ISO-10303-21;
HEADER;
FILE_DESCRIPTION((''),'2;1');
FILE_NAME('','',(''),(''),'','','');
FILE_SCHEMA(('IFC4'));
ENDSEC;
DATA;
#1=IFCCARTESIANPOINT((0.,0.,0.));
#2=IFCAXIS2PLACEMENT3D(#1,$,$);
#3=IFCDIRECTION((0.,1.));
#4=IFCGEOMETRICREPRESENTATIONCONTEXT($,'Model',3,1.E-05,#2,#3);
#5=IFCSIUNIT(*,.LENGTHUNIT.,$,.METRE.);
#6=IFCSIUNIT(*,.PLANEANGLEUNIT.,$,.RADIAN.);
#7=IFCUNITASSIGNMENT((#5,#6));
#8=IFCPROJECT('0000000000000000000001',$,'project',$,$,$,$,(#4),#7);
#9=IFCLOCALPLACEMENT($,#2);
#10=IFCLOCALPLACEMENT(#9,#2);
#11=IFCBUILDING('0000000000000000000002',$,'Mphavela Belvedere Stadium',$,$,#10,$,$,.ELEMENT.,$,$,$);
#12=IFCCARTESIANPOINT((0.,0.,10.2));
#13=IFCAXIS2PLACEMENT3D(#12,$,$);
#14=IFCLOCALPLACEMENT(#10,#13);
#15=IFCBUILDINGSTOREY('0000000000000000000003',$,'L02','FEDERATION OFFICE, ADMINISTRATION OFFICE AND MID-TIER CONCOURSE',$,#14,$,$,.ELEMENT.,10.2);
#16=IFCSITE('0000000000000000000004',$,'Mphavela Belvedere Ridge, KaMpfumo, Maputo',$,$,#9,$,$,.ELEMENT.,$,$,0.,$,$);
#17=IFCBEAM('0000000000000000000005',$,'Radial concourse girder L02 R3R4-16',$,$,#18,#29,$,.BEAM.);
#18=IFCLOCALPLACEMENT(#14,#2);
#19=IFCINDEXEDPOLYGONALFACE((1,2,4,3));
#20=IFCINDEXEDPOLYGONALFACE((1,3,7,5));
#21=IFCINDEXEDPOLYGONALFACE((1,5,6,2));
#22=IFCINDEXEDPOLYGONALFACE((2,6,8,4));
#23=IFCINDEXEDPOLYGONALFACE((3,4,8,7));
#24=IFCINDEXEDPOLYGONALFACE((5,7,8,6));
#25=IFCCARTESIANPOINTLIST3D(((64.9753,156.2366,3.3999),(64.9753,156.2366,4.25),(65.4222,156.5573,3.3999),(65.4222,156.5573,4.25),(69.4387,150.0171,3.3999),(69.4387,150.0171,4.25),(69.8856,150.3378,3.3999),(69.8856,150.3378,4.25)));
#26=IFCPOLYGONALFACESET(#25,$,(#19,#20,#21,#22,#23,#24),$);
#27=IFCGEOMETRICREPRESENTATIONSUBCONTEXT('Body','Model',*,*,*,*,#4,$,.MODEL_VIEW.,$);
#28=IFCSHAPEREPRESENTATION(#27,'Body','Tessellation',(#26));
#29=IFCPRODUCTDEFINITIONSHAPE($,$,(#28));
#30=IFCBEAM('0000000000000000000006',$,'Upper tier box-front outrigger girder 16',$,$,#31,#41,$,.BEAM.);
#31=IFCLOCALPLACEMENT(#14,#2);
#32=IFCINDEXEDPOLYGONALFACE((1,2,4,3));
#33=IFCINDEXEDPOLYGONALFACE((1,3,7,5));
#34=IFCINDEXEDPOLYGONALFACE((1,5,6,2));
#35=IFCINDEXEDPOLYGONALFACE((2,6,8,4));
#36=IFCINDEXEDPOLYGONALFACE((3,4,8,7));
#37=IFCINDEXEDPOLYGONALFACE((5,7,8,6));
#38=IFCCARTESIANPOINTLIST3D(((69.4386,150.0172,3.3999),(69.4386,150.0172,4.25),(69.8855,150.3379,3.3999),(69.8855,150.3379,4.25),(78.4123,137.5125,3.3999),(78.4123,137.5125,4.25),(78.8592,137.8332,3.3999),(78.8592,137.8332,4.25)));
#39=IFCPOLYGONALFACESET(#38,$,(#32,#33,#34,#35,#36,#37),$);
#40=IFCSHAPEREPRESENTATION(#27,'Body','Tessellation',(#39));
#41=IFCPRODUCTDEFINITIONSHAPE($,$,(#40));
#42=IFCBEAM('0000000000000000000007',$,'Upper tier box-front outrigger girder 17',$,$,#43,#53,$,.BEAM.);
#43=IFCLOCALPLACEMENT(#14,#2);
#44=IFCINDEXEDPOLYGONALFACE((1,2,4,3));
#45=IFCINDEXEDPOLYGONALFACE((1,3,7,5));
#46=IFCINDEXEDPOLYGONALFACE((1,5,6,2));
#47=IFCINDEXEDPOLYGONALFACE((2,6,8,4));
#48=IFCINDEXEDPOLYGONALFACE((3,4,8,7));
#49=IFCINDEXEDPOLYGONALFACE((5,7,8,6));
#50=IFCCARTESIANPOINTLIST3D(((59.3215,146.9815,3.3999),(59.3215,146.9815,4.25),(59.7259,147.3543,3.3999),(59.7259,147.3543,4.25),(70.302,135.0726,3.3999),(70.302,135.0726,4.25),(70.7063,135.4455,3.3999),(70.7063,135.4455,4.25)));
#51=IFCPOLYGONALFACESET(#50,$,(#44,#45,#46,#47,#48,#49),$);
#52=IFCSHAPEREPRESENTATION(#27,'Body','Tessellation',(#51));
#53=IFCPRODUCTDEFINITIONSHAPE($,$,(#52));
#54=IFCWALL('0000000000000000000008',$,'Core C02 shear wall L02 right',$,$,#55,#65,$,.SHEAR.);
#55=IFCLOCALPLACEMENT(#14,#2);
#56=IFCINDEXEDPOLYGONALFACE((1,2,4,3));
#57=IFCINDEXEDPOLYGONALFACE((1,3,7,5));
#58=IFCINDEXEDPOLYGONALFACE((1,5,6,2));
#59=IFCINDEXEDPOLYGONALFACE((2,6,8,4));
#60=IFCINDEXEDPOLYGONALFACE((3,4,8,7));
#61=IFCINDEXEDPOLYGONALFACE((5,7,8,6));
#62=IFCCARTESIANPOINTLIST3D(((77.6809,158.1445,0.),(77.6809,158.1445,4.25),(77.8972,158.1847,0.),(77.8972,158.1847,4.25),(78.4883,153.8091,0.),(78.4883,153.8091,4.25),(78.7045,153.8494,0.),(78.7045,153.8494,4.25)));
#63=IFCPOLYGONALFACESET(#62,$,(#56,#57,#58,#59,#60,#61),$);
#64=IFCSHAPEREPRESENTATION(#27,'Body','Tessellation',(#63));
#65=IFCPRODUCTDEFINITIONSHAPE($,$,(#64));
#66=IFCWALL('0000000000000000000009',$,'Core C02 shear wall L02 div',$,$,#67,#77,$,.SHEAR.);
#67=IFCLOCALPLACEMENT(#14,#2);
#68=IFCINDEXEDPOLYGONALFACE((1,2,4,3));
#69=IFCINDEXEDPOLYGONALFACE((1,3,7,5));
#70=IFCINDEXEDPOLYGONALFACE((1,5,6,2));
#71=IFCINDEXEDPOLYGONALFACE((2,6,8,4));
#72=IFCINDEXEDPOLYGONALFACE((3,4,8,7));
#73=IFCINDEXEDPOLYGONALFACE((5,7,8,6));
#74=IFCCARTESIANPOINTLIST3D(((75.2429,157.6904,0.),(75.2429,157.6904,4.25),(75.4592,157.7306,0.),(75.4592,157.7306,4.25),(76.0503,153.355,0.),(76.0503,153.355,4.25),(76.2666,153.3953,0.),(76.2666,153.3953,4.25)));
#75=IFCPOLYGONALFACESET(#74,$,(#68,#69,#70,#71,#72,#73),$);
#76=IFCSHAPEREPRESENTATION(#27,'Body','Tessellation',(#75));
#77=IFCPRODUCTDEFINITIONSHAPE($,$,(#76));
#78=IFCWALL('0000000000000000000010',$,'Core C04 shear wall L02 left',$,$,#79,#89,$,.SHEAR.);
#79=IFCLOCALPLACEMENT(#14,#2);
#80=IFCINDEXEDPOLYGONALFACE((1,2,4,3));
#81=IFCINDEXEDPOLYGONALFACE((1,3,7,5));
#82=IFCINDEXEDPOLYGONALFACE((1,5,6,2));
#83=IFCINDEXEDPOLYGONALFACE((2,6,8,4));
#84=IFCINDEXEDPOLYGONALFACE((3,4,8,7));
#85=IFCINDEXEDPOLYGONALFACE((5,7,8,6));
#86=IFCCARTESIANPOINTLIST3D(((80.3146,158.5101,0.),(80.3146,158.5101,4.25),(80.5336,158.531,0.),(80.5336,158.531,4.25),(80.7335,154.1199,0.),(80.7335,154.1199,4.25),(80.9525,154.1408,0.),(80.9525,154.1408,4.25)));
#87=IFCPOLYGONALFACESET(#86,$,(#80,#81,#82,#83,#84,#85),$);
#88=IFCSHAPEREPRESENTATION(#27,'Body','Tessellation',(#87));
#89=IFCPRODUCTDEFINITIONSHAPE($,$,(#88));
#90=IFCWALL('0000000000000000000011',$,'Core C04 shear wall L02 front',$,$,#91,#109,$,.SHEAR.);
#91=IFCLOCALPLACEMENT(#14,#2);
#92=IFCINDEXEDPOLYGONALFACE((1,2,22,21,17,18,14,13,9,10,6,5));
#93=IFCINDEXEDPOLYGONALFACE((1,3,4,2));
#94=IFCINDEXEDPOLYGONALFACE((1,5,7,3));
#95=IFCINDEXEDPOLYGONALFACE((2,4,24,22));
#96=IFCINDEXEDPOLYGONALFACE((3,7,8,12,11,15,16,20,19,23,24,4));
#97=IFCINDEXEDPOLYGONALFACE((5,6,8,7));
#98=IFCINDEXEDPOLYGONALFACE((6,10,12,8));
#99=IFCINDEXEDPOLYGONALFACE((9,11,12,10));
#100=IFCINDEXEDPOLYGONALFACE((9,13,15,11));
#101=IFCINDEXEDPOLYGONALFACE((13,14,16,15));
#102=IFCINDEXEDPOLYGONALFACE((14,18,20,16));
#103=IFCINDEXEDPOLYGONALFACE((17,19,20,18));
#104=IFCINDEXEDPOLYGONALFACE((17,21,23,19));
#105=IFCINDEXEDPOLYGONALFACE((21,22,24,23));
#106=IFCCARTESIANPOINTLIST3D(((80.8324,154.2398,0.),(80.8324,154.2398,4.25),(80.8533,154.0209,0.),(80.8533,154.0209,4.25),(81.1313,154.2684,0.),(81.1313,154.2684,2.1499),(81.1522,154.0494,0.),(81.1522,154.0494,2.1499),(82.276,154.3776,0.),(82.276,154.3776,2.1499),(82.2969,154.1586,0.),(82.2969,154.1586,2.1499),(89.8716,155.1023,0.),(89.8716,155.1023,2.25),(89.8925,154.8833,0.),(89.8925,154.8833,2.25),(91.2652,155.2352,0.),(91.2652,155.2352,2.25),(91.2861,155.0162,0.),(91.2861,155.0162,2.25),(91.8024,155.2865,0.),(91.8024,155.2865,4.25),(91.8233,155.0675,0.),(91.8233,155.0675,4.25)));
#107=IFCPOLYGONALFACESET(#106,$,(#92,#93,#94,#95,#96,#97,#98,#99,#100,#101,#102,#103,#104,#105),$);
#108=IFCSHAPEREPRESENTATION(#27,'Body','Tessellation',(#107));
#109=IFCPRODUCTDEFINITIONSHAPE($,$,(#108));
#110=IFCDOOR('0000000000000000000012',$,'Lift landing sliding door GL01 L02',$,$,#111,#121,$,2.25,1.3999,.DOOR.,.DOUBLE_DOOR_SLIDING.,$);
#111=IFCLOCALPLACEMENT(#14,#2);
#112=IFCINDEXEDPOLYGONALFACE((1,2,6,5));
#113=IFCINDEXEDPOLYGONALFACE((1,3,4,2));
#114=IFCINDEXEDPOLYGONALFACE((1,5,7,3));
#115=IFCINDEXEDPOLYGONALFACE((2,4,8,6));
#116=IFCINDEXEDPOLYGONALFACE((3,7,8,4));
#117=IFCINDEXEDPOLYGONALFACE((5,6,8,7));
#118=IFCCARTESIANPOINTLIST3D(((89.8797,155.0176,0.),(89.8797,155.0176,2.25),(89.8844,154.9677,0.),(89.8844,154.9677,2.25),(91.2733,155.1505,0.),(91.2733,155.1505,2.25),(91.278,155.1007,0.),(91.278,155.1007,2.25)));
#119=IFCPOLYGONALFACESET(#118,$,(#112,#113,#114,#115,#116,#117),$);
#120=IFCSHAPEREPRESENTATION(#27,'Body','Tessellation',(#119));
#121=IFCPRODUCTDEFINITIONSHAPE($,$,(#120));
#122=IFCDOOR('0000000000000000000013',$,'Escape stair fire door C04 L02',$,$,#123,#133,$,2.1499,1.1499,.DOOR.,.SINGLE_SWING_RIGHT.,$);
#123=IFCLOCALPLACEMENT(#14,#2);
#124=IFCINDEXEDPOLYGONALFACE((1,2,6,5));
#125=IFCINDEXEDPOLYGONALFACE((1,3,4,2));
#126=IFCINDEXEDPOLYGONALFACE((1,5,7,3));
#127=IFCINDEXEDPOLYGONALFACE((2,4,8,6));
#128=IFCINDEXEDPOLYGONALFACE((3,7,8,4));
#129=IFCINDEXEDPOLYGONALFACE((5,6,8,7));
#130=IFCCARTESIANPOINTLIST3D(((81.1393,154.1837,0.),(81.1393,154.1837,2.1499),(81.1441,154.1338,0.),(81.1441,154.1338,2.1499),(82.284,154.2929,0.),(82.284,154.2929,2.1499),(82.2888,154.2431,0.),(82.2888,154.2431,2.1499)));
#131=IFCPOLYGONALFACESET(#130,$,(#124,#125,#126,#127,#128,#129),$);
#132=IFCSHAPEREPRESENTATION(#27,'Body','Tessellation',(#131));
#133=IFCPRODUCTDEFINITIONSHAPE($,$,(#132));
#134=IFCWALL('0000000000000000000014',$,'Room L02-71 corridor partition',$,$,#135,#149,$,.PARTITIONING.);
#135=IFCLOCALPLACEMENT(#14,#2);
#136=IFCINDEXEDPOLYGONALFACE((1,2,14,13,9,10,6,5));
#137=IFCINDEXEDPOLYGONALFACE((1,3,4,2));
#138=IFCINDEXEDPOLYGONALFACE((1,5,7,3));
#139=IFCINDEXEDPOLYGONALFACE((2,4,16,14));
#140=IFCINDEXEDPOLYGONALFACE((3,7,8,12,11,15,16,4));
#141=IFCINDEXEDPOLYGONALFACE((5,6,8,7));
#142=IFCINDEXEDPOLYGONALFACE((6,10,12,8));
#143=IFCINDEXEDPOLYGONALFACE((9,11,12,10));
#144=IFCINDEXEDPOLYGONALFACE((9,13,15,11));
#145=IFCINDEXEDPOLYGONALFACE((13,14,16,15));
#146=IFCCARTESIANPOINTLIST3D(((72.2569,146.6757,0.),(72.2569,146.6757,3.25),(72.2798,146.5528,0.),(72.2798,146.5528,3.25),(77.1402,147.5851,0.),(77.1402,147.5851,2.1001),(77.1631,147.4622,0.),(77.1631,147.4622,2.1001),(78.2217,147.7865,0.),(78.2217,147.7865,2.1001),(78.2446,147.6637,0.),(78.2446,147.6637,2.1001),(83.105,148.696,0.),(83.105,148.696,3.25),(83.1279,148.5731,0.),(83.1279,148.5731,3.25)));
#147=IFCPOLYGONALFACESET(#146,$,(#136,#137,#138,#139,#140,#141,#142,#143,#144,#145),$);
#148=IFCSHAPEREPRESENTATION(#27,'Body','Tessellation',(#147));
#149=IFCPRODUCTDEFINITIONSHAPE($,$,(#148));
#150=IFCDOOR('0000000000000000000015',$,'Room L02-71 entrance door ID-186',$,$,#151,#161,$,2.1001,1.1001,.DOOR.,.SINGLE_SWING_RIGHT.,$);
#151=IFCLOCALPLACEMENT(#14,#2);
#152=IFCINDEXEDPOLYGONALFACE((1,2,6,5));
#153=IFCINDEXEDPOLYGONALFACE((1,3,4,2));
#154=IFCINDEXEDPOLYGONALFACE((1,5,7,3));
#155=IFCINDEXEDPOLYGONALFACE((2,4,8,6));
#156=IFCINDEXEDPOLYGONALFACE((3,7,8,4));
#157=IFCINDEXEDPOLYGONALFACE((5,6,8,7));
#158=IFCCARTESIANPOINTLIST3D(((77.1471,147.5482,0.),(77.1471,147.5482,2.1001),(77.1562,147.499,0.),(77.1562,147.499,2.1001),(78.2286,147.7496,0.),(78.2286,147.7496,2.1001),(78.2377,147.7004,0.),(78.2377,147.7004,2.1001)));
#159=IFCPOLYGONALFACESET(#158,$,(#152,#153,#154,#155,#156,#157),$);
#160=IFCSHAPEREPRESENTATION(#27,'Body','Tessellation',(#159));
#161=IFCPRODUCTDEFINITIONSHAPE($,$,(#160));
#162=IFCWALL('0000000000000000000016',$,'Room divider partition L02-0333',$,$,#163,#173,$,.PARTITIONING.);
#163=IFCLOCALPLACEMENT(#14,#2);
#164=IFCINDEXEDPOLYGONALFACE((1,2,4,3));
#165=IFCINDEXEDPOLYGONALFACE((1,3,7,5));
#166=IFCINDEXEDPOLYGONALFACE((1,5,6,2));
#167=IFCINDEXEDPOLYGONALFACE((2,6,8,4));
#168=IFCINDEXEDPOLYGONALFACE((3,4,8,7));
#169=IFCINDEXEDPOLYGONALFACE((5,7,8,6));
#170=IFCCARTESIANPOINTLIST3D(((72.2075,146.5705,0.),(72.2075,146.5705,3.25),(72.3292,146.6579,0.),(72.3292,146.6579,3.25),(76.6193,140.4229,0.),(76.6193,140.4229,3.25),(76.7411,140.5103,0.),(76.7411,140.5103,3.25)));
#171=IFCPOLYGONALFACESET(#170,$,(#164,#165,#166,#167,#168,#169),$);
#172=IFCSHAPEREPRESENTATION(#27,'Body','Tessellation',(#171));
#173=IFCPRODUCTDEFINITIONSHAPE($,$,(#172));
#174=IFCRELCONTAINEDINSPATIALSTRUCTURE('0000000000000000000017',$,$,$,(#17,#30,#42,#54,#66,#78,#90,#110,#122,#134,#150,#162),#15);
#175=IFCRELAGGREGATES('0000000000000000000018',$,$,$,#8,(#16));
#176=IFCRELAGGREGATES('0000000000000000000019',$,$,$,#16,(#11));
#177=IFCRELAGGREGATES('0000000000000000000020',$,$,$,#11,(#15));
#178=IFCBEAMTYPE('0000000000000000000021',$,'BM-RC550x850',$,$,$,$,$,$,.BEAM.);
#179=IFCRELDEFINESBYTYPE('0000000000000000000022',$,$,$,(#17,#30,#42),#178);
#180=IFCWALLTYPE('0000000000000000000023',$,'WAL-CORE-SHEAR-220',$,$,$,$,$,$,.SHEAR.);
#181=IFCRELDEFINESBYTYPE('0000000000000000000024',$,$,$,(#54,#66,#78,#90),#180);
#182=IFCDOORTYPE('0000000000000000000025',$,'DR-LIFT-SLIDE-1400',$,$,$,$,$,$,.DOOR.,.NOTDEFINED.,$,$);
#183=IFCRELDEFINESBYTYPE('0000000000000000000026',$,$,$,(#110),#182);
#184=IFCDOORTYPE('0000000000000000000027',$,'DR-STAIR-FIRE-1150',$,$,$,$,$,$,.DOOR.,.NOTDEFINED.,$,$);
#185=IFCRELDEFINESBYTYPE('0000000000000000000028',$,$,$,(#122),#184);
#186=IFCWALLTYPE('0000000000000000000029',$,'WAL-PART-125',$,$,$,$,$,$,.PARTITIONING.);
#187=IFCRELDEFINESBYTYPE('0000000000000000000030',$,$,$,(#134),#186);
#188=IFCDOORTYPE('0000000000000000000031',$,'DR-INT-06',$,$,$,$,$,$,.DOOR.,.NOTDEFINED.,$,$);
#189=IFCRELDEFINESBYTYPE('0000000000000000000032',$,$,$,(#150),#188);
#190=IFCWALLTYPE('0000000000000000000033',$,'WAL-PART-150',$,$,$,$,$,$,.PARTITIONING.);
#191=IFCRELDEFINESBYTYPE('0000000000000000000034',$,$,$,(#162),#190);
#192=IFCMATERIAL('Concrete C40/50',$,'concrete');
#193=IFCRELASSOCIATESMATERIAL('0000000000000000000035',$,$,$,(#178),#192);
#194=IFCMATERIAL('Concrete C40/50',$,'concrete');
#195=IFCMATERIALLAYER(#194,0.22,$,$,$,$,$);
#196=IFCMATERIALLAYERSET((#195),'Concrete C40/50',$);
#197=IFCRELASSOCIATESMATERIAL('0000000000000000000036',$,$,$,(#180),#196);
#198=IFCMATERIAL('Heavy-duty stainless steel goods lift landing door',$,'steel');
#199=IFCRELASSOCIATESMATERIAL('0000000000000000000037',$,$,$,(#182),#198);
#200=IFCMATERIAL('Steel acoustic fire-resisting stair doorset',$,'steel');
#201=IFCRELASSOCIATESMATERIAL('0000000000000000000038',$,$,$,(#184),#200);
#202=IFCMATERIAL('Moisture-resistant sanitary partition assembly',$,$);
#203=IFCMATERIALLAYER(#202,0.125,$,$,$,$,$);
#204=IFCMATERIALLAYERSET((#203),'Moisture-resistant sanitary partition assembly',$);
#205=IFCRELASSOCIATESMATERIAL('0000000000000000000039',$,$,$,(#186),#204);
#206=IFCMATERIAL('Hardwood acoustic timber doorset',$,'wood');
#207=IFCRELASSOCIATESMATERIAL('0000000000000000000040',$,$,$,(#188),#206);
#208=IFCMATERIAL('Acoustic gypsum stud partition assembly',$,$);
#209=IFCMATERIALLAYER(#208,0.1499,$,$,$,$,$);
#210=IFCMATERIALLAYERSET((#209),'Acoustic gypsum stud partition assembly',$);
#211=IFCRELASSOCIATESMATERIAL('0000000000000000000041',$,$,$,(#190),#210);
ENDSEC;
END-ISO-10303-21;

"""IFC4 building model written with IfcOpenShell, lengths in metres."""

from ifc_helpers import new_model, si_unit, direction, frame, frame_2d, origin, origin_2d, place, context, subcontext, project, spatial, rectangle, extrude, material, layer, layer_set, material_profile, profile_set, type_object, element, fill, save


model = new_model("IFC4")

# Units and contexts
model_context = context("Model", 3, precision=1e-05, world=origin(), true_north=direction((0.0, 1.0)))
body_context = subcontext(model_context, "Body", "Model", "MODEL_VIEW")
ifc_project = project(units=[si_unit("LENGTHUNIT", "METRE"), si_unit("PLANEANGLEUNIT", "RADIAN")], contexts=[model_context])

# Site, building, storey
site_placement = place(None, origin())
site = spatial("IfcSite", under=ifc_project, at=site_placement, Name="Mphavela Belvedere Ridge, KaMpfumo, Maputo", CompositionType="ELEMENT", RefElevation=0.0)
building_placement = place(site_placement, origin())
building = spatial("IfcBuilding", under=site, at=building_placement, Name="Mphavela Belvedere Stadium", CompositionType="ELEMENT")
storey_placement = place(building_placement, frame((0.0, 0.0, 10.2)))
storey = spatial("IfcBuildingStorey", under=building, at=storey_placement, Name="L02", Description="FEDERATION OFFICE, ADMINISTRATION OFFICE AND MID-TIER CONCOURSE", CompositionType="ELEMENT", Elevation=10.2)

# Beams
ifc_material_1 = material(Name="Concrete C40/50", Category="concrete")
ifc_material_profile_1 = material_profile(ifc_material_1, rectangle(XDim=0.55, YDim=0.8501, at=origin_2d()), Name="RC 550x850")
ifc_profile_set_1 = profile_set([ifc_material_profile_1], Name="Concrete C40/50")
beam_type_1 = type_object("IfcBeamType", Name="BM-RC550x850", PredefinedType="BEAM", material=ifc_profile_set_1)
beam_1_placement = place(storey_placement, frame((69.6621, 150.1775, 3.825), z_axis=(-0.583044, 0.812441, 0.0), x_axis=(-0.812441, -0.583044, 0.0)))
element("IfcBeam", 1, at=beam_1_placement, inside=storey, type_object=beam_type_1, Name="Radial concourse girder L02 R3R4-16", PredefinedType="BEAM", context=body_context, shape_type="SweptSolid", body=[
    extrude(rectangle(XDim=0.55, YDim=0.8501, at=origin_2d()), origin(), (0.0, 0.0, 1.0), 7.6553),
])
beam_2_placement = place(storey_placement, frame((78.6357, 137.6729, 3.825), z_axis=(-0.583033, 0.812449, 0.0), x_axis=(-0.812449, -0.583033, 0.0)))
element("IfcBeam", 2, at=beam_2_placement, inside=storey, type_object=beam_type_1, Name="Upper tier box-front outrigger girder 16", PredefinedType="BEAM", context=body_context, shape_type="SweptSolid", body=[
    extrude(rectangle(XDim=0.55, YDim=0.8501, at=origin_2d()), origin(), (0.0, 0.0, 1.0), 15.3914),
])
beam_3_placement = place(storey_placement, frame((70.5042, 135.259, 3.825), z_axis=(-0.677867, 0.735185, 0.0), x_axis=(-0.735185, -0.677867, 0.0)))
element("IfcBeam", 3, at=beam_3_placement, inside=storey, type_object=beam_type_1, Name="Upper tier box-front outrigger girder 17", PredefinedType="BEAM", context=body_context, shape_type="SweptSolid", body=[
    extrude(rectangle(XDim=0.55, YDim=0.8501, at=origin_2d()), origin(), (0.0, 0.0, 1.0), 16.1985),
])

# Walls
ifc_material_2 = material(Name="Concrete C40/50", Category="concrete")
ifc_layer_1 = layer(ifc_material_2, 0.22)
ifc_layer_set_1 = layer_set([ifc_layer_1], Name="Concrete C40/50")
wall_type_1 = type_object("IfcWallType", Name="WAL-CORE-SHEAR-220", PredefinedType="SHEAR", material=ifc_layer_set_1)
for number, where, z_axis, x_axis, name in (
    (4, (78.5964, 153.8291, 0.0), (0.0, 0.0, 1.0), (-0.183078, 0.983098, 0.0), "Core C02 shear wall L02 right"),
    (5, (76.1584, 153.375, 0.0), (0.0, 0.0, 1.0), (-0.183078, 0.983098, 0.0), "Core C02 shear wall L02 div"),
):
    element("IfcWall", number, at=place(storey_placement, frame(where, z_axis=z_axis, x_axis=x_axis)), inside=storey, type_object=wall_type_1, Name=name, PredefinedType="SHEAR", context=body_context, shape_type="SweptSolid", body=[
        extrude(rectangle(XDim=4.4099, YDim=0.22, at=frame_2d((2.2051, 0.0))), origin(), (0.0, 0.0, 1.0), 4.25),
    ])
wall_1_placement = place(storey_placement, frame((80.843, 154.1304, 0.0), z_axis=(0.0, 0.0, 1.0), x_axis=(-0.094997, 0.995478, 0.0)))
element("IfcWall", 6, at=wall_1_placement, inside=storey, type_object=wall_type_1, Name="Core C04 shear wall L02 left", PredefinedType="SHEAR", context=body_context, shape_type="SweptSolid", body=[
    extrude(rectangle(XDim=4.4102, YDim=0.22, at=frame_2d((2.2051, 0.0))), origin(), (0.0, 0.0, 1.0), 4.25),
])

# Wall, openings, doors
wall_2_placement = place(storey_placement, frame((80.843, 154.1304, 0.0), z_axis=(0.0, 0.0, 1.0), x_axis=(0.995479, 0.094977, 0.0)))
wall_2 = element("IfcWall", 7, at=wall_2_placement, inside=storey, type_object=wall_type_1, Name="Core C04 shear wall L02 front", PredefinedType="SHEAR", context=body_context, shape_type="SweptSolid", body=[
    extrude(rectangle(XDim=11.0198, YDim=0.22, at=frame_2d((5.5098, 0.0))), origin(), (0.0, 0.0, 1.0), 4.25),
])
opening_1_placement = place(wall_2_placement, frame((0.3, 0.0, 0.0)))
opening_1 = element("IfcOpeningElement", 8, at=opening_1_placement, cuts=wall_2, PredefinedType="OPENING", context=body_context, shape_type="SweptSolid", body=[
    extrude(rectangle(XDim=1.1499, YDim=2.1499, at=frame_2d((0.575, 1.075))), frame((0.0, 0.1201, 0.0), z_axis=(0.0, -1.0, 0.0), x_axis=(1.0, 0.0, 0.0)), (0.0, 0.0, 1.0), 0.24),
])
opening_2_placement = place(wall_2_placement, frame((9.0801, 0.0, 0.0)))
opening_2 = element("IfcOpeningElement", 9, at=opening_2_placement, cuts=wall_2, PredefinedType="OPENING", context=body_context, shape_type="SweptSolid", body=[
    extrude(rectangle(XDim=1.3999, YDim=2.25, at=frame_2d((0.7, 1.125))), frame((0.0, 0.1201, 0.0), z_axis=(0.0, -1.0, 0.0), x_axis=(1.0, 0.0, 0.0)), (0.0, 0.0, 1.0), 0.24),
])
ifc_material_3 = material(Name="Heavy-duty stainless steel goods lift landing door", Category="steel")
door_type_1 = type_object("IfcDoorType", Name="DR-LIFT-SLIDE-1400", OperationType="NOTDEFINED", PredefinedType="DOOR", material=ifc_material_3)
door_1_placement = place(opening_2_placement, origin())
door_1 = element("IfcDoor", 10, at=door_1_placement, inside=storey, type_object=door_type_1, Name="Lift landing sliding door GL01 L02", OperationType="DOUBLE_DOOR_SLIDING", OverallHeight=2.25, OverallWidth=1.3999, PredefinedType="DOOR", context=body_context, shape_type="SweptSolid", body=[
    extrude(rectangle(XDim=1.3999, YDim=2.25, at=frame_2d((0.7, 1.125))), frame((0.0, 0.0249, 0.0), z_axis=(0.0, -1.0, 0.0), x_axis=(1.0, 0.0, 0.0)), (0.0, 0.0, 1.0), 0.05),
])
fill(opening_2, door_1)
ifc_material_4 = material(Name="Steel acoustic fire-resisting stair doorset", Category="steel")
door_type_2 = type_object("IfcDoorType", Name="DR-STAIR-FIRE-1150", OperationType="NOTDEFINED", PredefinedType="DOOR", material=ifc_material_4)
door_2_placement = place(opening_1_placement, origin())
door_2 = element("IfcDoor", 11, at=door_2_placement, inside=storey, type_object=door_type_2, Name="Escape stair fire door C04 L02", OperationType="SINGLE_SWING_RIGHT", OverallHeight=2.1499, OverallWidth=1.1499, PredefinedType="DOOR", context=body_context, shape_type="SweptSolid", body=[
    extrude(rectangle(XDim=1.1499, YDim=2.1499, at=frame_2d((0.575, 1.075))), frame((0.0, 0.0249, 0.0), z_axis=(0.0, -1.0, 0.0), x_axis=(1.0, 0.0, 0.0)), (0.0, 0.0, 1.0), 0.05),
])
fill(opening_1, door_2)

# Wall, opening, door
ifc_material_5 = material(Name="Moisture-resistant sanitary partition assembly")
ifc_layer_2 = layer(ifc_material_5, 0.125)
ifc_layer_set_2 = layer_set([ifc_layer_2], Name="Moisture-resistant sanitary partition assembly")
wall_type_2 = type_object("IfcWallType", Name="WAL-PART-125", PredefinedType="PARTITIONING", material=ifc_layer_set_2)
wall_3_placement = place(storey_placement, frame((72.2683, 146.6143, 0.0), z_axis=(0.0, 0.0, 1.0), x_axis=(0.983097, 0.183083, 0.0)))
wall_3 = element("IfcWall", 12, at=wall_3_placement, inside=storey, type_object=wall_type_2, Name="Room L02-71 corridor partition", PredefinedType="PARTITIONING", context=body_context, shape_type="SweptSolid", body=[
    extrude(rectangle(XDim=11.0347, YDim=0.125, at=frame_2d((5.5173, 0.0))), origin(), (0.0, 0.0, 1.0), 3.25),
])
opening_3_placement = place(wall_3_placement, frame((4.9673, 0.0, 0.0)))
opening_3 = element("IfcOpeningElement", 13, at=opening_3_placement, cuts=wall_3, PredefinedType="OPENING", context=body_context, shape_type="SweptSolid", body=[
    extrude(rectangle(XDim=1.1001, YDim=2.1001, at=frame_2d((0.55, 1.05))), frame((0.0, 0.0725, 0.0), z_axis=(0.0, -1.0, 0.0), x_axis=(1.0, 0.0, 0.0)), (0.0, 0.0, 1.0), 0.145),
])
ifc_material_6 = material(Name="Hardwood acoustic timber doorset", Category="wood")
door_type_3 = type_object("IfcDoorType", Name="DR-INT-06", OperationType="NOTDEFINED", PredefinedType="DOOR", material=ifc_material_6)
door_3_placement = place(opening_3_placement, origin())
door_3 = element("IfcDoor", 14, at=door_3_placement, inside=storey, type_object=door_type_3, Name="Room L02-71 entrance door ID-186", OperationType="SINGLE_SWING_RIGHT", OverallHeight=2.1001, OverallWidth=1.1001, PredefinedType="DOOR", context=body_context, shape_type="SweptSolid", body=[
    extrude(rectangle(XDim=1.1001, YDim=2.1001, at=frame_2d((0.55, 1.05))), frame((0.0, 0.0249, 0.0), z_axis=(0.0, -1.0, 0.0), x_axis=(1.0, 0.0, 0.0)), (0.0, 0.0, 1.0), 0.05),
])
fill(opening_3, door_3)

# Wall
ifc_material_7 = material(Name="Acoustic gypsum stud partition assembly")
ifc_layer_3 = layer(ifc_material_7, 0.1499)
ifc_layer_set_3 = layer_set([ifc_layer_3], Name="Acoustic gypsum stud partition assembly")
wall_type_3 = type_object("IfcWallType", Name="WAL-PART-150", PredefinedType="PARTITIONING", material=ifc_layer_set_3)
wall_4_placement = place(storey_placement, frame((76.6802, 140.4666, 0.0), z_axis=(0.0, 0.0, 1.0), x_axis=(-0.583044, 0.812441, 0.0)))
element("IfcWall", 15, at=wall_4_placement, inside=storey, type_object=wall_type_3, Name="Room divider partition L02-0333", PredefinedType="PARTITIONING", context=body_context, shape_type="SweptSolid", body=[
    extrude(rectangle(XDim=7.5669, YDim=0.1499, at=frame_2d((3.7834, 0.0))), origin(), (0.0, 0.0, 1.0), 3.25),
])

save(model, "model.ifc")
